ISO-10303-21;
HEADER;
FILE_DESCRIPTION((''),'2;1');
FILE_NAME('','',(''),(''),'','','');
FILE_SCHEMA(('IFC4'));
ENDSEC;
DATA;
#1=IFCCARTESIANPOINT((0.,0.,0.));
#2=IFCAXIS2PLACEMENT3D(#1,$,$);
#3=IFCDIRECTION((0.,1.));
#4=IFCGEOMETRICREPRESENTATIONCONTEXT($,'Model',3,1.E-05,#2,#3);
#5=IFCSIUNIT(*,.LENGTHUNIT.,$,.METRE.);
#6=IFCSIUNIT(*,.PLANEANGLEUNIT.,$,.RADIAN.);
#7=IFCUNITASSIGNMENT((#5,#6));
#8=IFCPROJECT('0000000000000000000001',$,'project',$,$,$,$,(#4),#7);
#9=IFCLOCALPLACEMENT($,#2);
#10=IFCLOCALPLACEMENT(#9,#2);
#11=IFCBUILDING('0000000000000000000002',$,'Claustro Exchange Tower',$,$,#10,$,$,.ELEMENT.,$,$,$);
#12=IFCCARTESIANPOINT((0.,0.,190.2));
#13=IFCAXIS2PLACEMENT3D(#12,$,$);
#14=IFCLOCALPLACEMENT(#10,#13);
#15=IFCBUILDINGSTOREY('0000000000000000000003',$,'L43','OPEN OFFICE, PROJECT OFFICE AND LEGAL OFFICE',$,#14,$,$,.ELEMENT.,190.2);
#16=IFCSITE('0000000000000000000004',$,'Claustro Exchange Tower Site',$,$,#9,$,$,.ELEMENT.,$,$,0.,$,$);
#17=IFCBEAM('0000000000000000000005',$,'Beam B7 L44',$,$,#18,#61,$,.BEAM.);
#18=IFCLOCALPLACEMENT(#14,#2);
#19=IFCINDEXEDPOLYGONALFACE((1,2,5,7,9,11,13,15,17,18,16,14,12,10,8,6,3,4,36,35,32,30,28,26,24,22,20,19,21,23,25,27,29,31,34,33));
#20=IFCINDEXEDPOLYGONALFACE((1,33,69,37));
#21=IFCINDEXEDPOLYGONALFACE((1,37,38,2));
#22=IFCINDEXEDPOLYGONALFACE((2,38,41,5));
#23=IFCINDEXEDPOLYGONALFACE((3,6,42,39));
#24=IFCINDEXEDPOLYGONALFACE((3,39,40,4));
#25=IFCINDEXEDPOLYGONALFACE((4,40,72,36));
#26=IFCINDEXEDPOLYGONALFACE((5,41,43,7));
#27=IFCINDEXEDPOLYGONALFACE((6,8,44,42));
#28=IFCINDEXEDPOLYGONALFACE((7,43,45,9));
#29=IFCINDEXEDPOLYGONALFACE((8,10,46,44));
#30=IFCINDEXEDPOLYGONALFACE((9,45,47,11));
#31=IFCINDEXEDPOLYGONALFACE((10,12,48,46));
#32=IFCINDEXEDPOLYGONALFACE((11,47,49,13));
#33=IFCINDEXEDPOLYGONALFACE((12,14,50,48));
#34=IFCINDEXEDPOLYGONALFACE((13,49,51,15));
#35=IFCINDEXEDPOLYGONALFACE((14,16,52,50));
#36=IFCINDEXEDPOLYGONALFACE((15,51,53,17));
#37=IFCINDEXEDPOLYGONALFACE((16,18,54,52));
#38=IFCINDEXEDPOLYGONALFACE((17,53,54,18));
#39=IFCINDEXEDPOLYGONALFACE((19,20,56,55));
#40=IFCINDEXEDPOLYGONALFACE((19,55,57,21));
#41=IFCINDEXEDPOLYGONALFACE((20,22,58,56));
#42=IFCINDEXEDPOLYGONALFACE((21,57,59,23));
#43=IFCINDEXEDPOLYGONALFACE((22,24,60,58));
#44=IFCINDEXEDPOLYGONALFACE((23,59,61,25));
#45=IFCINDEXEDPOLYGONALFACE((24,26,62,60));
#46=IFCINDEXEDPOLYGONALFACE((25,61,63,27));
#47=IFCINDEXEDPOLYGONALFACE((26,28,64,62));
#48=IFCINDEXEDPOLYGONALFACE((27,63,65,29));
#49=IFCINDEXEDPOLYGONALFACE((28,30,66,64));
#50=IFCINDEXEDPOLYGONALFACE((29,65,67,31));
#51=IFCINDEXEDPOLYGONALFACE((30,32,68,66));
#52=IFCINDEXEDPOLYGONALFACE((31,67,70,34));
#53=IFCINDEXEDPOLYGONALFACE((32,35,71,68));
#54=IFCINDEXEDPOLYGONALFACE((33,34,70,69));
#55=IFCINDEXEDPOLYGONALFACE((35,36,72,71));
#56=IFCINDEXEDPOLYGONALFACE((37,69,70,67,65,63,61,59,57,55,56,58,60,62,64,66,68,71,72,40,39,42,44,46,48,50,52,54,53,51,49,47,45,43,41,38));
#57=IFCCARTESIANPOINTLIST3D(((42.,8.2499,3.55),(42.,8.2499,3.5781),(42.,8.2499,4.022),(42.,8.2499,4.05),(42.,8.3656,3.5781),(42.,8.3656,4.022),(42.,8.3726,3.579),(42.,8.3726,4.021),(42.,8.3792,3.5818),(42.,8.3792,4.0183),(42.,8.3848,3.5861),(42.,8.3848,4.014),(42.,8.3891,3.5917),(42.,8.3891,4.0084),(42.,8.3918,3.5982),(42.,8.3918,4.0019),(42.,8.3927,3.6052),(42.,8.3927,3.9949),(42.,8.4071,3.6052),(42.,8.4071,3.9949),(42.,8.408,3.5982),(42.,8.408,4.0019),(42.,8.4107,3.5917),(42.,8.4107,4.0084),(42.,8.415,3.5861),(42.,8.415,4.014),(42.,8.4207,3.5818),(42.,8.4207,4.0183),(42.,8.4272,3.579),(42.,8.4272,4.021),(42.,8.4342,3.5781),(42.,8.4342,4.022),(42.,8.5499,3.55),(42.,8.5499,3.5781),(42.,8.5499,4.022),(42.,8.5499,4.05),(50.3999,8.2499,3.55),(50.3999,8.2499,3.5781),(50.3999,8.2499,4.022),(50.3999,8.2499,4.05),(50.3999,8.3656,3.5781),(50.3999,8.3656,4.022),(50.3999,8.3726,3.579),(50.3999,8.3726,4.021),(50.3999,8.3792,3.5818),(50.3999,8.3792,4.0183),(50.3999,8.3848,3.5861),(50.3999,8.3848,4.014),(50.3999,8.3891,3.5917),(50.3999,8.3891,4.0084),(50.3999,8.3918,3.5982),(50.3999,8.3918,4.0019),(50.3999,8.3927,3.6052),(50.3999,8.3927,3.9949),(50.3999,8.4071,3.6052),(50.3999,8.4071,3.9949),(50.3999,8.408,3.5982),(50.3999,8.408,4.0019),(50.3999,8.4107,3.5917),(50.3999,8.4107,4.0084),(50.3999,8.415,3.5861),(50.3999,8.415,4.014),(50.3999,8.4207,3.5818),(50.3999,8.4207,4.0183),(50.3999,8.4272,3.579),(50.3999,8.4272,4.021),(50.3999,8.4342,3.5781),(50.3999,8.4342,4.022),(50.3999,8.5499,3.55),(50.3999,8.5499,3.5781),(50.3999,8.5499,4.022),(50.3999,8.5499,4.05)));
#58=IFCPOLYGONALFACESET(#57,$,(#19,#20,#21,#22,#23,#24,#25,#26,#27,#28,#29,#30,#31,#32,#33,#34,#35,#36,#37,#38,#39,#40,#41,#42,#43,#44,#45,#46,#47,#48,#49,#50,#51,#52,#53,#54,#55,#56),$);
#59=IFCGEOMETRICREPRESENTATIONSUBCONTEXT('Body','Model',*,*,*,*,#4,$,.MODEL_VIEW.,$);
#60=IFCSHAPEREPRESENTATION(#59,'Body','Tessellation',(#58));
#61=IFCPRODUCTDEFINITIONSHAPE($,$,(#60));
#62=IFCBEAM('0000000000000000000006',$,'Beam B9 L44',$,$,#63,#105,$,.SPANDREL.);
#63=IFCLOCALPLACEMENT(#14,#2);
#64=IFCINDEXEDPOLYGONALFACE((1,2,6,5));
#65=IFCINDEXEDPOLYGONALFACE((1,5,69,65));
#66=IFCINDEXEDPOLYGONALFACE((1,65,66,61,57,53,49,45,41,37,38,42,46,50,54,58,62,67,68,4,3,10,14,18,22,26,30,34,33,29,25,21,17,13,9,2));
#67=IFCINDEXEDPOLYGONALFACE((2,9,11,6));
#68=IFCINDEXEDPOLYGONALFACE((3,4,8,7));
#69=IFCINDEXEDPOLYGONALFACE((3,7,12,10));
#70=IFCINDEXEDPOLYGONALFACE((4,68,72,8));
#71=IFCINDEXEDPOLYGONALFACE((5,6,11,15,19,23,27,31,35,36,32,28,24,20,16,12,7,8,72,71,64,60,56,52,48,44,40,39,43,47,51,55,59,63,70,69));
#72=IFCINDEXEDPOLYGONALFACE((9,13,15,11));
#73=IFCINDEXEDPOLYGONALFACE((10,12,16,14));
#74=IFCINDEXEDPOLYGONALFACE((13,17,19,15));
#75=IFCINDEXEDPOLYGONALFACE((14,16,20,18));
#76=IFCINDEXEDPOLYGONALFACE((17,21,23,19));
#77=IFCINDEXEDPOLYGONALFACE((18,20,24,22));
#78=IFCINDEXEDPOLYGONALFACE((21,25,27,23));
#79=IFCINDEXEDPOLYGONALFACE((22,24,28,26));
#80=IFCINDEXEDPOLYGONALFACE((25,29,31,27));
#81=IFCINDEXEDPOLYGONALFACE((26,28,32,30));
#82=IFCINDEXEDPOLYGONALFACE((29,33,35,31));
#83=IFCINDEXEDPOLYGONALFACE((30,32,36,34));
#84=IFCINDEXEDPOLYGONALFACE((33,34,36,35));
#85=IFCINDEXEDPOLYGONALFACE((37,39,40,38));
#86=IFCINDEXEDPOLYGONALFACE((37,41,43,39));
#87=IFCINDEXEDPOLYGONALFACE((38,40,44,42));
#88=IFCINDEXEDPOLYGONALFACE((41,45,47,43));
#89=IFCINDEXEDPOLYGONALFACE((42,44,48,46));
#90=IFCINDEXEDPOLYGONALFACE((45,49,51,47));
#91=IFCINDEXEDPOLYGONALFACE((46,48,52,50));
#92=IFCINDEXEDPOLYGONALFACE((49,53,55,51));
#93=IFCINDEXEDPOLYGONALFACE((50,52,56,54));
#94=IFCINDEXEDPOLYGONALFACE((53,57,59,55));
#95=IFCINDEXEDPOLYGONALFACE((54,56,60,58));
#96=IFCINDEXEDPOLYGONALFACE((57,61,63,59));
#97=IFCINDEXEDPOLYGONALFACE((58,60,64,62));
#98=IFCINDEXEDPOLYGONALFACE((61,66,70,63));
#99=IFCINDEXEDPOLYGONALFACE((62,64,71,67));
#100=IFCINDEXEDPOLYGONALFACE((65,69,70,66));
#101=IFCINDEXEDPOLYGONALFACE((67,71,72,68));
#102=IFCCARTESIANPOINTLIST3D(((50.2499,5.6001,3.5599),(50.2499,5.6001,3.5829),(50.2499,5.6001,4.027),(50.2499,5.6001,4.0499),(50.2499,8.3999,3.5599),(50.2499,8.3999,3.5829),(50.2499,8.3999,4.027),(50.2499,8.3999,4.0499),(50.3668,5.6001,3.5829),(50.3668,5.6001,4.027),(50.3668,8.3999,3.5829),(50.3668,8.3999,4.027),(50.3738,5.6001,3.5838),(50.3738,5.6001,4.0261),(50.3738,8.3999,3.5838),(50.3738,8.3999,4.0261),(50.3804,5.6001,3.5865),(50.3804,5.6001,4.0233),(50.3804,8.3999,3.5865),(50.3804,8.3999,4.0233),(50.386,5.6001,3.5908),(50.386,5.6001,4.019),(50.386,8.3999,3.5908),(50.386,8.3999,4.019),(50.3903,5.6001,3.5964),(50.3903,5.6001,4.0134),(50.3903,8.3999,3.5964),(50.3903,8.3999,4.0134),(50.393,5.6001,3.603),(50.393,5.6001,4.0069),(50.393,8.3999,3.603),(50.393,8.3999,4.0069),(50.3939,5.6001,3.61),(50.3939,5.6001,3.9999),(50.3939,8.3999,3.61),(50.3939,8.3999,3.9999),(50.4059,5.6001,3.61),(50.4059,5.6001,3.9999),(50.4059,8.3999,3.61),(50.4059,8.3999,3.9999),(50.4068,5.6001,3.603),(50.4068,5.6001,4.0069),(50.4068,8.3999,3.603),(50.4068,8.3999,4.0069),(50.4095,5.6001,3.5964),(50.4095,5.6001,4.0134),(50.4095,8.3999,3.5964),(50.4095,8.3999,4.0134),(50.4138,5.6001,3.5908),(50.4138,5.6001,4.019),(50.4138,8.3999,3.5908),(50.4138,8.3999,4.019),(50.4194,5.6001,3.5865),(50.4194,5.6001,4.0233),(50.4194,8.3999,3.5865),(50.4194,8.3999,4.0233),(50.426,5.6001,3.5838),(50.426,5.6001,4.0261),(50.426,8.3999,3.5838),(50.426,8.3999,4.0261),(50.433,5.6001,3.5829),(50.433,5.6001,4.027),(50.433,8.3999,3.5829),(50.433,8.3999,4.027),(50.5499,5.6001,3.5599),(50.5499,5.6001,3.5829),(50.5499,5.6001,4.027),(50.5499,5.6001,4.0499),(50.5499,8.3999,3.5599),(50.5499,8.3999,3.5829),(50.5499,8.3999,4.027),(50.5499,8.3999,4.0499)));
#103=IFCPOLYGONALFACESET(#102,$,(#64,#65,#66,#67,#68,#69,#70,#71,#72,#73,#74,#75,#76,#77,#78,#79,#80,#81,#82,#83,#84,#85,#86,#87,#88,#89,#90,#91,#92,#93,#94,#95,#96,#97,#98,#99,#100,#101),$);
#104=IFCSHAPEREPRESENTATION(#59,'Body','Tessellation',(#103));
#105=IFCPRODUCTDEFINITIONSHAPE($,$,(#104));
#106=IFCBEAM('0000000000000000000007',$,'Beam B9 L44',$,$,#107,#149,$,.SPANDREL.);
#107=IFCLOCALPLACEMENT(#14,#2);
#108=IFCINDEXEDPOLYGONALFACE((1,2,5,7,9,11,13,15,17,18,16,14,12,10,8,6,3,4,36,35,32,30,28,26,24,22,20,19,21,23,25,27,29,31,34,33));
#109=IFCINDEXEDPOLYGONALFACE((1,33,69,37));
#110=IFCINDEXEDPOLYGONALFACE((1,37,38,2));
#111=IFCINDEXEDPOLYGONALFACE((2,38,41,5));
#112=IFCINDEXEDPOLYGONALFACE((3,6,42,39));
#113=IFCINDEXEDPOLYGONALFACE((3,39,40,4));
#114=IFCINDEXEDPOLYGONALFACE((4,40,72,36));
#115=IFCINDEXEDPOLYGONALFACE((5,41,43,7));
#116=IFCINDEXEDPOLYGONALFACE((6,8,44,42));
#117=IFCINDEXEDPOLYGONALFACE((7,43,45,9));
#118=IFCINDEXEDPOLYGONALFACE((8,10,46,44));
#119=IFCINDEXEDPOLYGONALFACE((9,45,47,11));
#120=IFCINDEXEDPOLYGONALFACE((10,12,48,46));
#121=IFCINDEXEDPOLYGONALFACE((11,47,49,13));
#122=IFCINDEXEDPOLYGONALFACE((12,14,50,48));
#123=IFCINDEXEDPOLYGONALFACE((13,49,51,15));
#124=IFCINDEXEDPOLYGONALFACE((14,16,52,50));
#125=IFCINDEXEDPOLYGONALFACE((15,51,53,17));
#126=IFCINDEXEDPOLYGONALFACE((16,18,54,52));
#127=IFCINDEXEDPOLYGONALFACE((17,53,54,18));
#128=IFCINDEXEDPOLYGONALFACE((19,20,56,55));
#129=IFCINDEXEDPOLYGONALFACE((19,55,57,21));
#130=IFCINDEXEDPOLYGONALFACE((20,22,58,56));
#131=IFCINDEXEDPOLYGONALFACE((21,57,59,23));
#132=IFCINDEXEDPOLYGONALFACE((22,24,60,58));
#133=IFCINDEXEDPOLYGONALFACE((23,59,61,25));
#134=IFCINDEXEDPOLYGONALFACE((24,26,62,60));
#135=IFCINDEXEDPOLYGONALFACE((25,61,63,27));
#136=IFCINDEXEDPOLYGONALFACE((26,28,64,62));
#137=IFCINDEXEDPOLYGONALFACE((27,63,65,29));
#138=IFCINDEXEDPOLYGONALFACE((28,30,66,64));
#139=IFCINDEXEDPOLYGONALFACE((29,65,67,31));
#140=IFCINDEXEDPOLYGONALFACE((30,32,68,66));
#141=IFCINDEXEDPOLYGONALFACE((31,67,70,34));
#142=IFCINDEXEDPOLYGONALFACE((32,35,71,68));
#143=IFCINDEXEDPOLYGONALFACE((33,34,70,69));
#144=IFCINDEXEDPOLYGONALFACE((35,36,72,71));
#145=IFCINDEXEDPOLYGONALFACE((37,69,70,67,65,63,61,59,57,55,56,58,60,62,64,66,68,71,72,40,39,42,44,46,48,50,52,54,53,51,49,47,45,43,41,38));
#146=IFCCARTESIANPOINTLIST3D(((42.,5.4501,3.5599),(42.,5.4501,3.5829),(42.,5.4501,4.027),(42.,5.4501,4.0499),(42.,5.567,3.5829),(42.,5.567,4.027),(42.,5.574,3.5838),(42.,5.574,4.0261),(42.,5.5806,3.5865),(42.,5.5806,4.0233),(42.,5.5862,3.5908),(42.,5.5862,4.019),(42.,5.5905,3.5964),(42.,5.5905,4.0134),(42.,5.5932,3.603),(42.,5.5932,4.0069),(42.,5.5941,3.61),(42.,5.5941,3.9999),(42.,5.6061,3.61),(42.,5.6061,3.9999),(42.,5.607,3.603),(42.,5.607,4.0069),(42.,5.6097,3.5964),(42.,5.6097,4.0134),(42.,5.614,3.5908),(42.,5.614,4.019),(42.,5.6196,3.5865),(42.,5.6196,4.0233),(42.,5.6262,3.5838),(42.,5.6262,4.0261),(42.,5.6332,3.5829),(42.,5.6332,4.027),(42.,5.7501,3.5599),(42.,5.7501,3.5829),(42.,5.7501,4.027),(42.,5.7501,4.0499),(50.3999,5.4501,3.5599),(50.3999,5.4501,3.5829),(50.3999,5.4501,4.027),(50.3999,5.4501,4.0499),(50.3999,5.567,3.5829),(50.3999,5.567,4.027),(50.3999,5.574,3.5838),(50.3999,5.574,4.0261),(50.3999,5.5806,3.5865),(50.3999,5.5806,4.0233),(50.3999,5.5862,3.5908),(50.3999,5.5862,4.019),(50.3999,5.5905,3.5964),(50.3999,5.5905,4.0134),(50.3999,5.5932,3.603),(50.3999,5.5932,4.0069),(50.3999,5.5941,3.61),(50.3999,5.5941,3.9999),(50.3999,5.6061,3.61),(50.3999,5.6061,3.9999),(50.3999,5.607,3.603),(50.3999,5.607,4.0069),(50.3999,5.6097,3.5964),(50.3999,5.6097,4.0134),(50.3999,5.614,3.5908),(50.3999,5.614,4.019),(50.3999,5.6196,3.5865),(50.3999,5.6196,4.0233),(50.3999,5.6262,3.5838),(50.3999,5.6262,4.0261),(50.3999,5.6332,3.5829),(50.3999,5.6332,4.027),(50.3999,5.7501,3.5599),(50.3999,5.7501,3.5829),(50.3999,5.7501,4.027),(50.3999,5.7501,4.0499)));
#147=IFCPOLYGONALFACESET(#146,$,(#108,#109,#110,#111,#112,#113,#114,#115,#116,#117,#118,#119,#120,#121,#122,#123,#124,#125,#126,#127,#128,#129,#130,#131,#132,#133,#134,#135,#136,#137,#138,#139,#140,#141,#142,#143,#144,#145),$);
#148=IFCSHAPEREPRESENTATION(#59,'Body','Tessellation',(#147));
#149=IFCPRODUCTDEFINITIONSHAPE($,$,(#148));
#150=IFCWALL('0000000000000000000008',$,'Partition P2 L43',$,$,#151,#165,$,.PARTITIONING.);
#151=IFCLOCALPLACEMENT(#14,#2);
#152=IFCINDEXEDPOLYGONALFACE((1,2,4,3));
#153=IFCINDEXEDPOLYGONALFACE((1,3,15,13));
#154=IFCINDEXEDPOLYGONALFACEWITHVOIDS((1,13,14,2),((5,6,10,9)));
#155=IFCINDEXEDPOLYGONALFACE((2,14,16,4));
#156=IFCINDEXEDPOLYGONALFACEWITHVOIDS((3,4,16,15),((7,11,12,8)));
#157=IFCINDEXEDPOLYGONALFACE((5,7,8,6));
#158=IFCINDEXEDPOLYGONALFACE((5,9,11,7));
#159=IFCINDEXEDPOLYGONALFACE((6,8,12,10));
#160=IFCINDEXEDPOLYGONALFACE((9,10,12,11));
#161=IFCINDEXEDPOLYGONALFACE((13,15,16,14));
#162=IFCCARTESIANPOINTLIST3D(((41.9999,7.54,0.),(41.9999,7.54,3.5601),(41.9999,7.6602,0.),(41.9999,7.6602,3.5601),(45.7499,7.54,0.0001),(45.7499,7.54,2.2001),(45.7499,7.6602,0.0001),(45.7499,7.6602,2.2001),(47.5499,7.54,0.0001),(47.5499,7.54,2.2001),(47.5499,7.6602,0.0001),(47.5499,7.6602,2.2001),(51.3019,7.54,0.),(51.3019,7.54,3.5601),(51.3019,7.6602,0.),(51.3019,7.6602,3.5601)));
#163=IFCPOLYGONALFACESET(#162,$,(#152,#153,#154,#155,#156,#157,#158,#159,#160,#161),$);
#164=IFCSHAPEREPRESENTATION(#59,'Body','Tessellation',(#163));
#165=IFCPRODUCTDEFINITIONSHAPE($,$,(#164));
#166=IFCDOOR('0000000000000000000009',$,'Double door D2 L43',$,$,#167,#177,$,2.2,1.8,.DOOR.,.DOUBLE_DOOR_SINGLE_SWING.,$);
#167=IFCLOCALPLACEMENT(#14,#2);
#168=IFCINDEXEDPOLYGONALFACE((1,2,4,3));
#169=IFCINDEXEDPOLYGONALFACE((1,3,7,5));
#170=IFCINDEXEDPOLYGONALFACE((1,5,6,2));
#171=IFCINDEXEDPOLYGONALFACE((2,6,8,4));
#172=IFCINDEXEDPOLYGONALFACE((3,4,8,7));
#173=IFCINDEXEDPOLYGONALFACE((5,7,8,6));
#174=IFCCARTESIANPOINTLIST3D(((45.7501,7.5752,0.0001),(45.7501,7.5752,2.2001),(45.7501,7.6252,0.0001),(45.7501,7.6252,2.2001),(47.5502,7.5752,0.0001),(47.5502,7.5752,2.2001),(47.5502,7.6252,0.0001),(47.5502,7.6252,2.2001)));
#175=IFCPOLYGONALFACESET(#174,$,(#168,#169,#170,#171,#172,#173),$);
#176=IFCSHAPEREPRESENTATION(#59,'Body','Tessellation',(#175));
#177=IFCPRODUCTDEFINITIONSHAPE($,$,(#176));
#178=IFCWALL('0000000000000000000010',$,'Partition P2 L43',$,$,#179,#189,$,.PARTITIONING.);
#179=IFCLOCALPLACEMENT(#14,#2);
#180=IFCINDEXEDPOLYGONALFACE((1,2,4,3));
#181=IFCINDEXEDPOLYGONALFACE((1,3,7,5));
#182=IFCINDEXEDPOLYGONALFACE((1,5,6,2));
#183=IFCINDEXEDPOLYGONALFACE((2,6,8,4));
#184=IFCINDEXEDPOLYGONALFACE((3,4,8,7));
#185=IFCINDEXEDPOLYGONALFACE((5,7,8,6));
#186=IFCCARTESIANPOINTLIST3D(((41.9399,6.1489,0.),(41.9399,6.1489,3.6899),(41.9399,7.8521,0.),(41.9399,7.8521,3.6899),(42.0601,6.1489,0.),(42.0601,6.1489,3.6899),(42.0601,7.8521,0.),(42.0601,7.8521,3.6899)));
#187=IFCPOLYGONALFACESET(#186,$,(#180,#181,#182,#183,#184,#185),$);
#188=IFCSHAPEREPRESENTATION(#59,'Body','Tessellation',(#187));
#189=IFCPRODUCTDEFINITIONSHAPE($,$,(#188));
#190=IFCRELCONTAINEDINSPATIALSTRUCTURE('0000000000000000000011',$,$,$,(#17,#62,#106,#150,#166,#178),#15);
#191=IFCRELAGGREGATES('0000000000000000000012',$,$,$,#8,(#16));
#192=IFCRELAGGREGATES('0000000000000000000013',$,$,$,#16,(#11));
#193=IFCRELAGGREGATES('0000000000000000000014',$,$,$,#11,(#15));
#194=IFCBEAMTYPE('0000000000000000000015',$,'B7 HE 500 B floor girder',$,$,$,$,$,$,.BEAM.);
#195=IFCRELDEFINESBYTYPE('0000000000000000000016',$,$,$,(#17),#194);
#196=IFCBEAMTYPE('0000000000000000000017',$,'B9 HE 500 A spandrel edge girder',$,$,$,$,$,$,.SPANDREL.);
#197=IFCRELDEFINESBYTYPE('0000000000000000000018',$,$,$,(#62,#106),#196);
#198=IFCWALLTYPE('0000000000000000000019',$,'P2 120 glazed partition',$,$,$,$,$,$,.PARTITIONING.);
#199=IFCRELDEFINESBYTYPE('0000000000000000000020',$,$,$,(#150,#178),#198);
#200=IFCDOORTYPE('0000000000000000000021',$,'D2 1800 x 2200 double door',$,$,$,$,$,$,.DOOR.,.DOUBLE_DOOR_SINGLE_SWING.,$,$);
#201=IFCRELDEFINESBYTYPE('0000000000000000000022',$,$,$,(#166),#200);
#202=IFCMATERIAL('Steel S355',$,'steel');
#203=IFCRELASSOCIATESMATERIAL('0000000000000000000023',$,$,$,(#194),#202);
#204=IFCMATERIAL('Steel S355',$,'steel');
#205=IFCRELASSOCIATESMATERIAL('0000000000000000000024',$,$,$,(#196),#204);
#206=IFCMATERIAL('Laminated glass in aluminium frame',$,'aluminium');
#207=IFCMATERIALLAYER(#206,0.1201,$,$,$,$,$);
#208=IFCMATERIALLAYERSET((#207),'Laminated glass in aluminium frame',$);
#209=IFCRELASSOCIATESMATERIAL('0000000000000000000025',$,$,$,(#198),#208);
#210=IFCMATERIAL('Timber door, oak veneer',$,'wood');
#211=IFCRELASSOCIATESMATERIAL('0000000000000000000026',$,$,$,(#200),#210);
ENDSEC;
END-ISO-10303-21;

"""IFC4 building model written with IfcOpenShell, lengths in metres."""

from ifc_helpers import new_model, si_unit, direction, frame, frame_2d, origin, origin_2d, place, context, subcontext, project, spatial, rectangle, i_section, extrude, material, layer, layer_set, material_profile, profile_set, type_object, element, fill, save


model = new_model("IFC4")

# Units and contexts
model_context = context("Model", 3, precision=1e-05, world=origin(), true_north=direction((0.0, 1.0)))
body_context = subcontext(model_context, "Body", "Model", "MODEL_VIEW")
ifc_project = project(units=[si_unit("LENGTHUNIT", "METRE"), si_unit("PLANEANGLEUNIT", "RADIAN")], contexts=[model_context])

# Site, building, storey
site_placement = place(None, origin())
site = spatial("IfcSite", under=ifc_project, at=site_placement, Name="Claustro Exchange Tower Site", CompositionType="ELEMENT", RefElevation=0.0)
building_placement = place(site_placement, origin())
building = spatial("IfcBuilding", under=site, at=building_placement, Name="Claustro Exchange Tower", CompositionType="ELEMENT")
storey_placement = place(building_placement, frame((0.0, 0.0, 190.2)))
storey = spatial("IfcBuildingStorey", under=building, at=storey_placement, Name="L43", Description="OPEN OFFICE, PROJECT OFFICE AND LEGAL OFFICE", CompositionType="ELEMENT", Elevation=190.2)

# Beams
ifc_material_1 = material(Name="Steel S355", Category="steel")
ifc_material_profile_1 = material_profile(ifc_material_1, i_section(OverallWidth=0.3, OverallDepth=0.5, WebThickness=0.0144, FlangeThickness=0.0281, FilletRadius=0.0271, at=origin_2d()), Name="HE 500 B")
ifc_profile_set_1 = profile_set([ifc_material_profile_1], Name="Steel S355")
beam_type_1 = type_object("IfcBeamType", Name="B7 HE 500 B floor girder", PredefinedType="BEAM", material=ifc_profile_set_1)
beam_1_placement = place(storey_placement, frame((42.0, 8.3999, 3.8), z_axis=(1.0, 0.0, 0.0), x_axis=(0.0, 1.0, 0.0)))
element("IfcBeam", 1, at=beam_1_placement, inside=storey, type_object=beam_type_1, Name="Beam B7 L44", PredefinedType="BEAM", context=body_context, shape_type="SweptSolid", body=[
    extrude(i_section(OverallWidth=0.3, OverallDepth=0.5, WebThickness=0.0144, FlangeThickness=0.0281, FilletRadius=0.0271, at=origin_2d()), origin(), (0.0, 0.0, 1.0), 8.3999),
])
ifc_material_2 = material(Name="Steel S355", Category="steel")
ifc_material_profile_2 = material_profile(ifc_material_2, i_section(OverallWidth=0.3, OverallDepth=0.49, WebThickness=0.012, FlangeThickness=0.0229, FilletRadius=0.0271, at=origin_2d()), Name="HE 500 A")
ifc_profile_set_2 = profile_set([ifc_material_profile_2], Name="Steel S355")
beam_type_2 = type_object("IfcBeamType", Name="B9 HE 500 A spandrel edge girder", PredefinedType="SPANDREL", material=ifc_profile_set_2)
beam_2_placement = place(storey_placement, frame((50.3999, 5.6001, 3.8049), z_axis=(0.0, 1.0, 0.0), x_axis=(-1.0, 0.0, 0.0)))
element("IfcBeam", 2, at=beam_2_placement, inside=storey, type_object=beam_type_2, Name="Beam B9 L44", PredefinedType="SPANDREL", context=body_context, shape_type="SweptSolid", body=[
    extrude(i_section(OverallWidth=0.3, OverallDepth=0.49, WebThickness=0.012, FlangeThickness=0.0229, FilletRadius=0.0271, at=origin_2d()), origin(), (0.0, 0.0, 1.0), 2.7998),
])
beam_3_placement = place(storey_placement, frame((42.0, 5.6001, 3.8049), z_axis=(1.0, 0.0, 0.0), x_axis=(0.0, 1.0, 0.0)))
element("IfcBeam", 3, at=beam_3_placement, inside=storey, type_object=beam_type_2, Name="Beam B9 L44", PredefinedType="SPANDREL", context=body_context, shape_type="SweptSolid", body=[
    extrude(i_section(OverallWidth=0.3, OverallDepth=0.49, WebThickness=0.012, FlangeThickness=0.0229, FilletRadius=0.0271, at=origin_2d()), origin(), (0.0, 0.0, 1.0), 8.3999),
])

# Wall, opening, door
ifc_material_3 = material(Name="Laminated glass in aluminium frame", Category="aluminium")
ifc_layer_1 = layer(ifc_material_3, 0.1201)
ifc_layer_set_1 = layer_set([ifc_layer_1], Name="Laminated glass in aluminium frame")
wall_type_1 = type_object("IfcWallType", Name="P2 120 glazed partition", PredefinedType="PARTITIONING", material=ifc_layer_set_1)
wall_1_placement = place(storey_placement, frame((42.0, 7.6001, 0.0), z_axis=(0.0, 0.0, 1.0), x_axis=(1.0, 0.0, 0.0)))
wall_1 = element("IfcWall", 4, at=wall_1_placement, inside=storey, type_object=wall_type_1, Name="Partition P2 L43", PredefinedType="PARTITIONING", context=body_context, shape_type="SweptSolid", body=[
    extrude(rectangle(XDim=9.302, YDim=0.1201, at=frame_2d((4.6509, 0.0))), origin(), (0.0, 0.0, 1.0), 3.5601),
])
opening_1_placement = place(wall_1_placement, frame((3.75, 0.0, 0.0)))
opening_1 = element("IfcOpeningElement", 5, at=opening_1_placement, cuts=wall_1, PredefinedType="OPENING", context=body_context, shape_type="SweptSolid", body=[
    extrude(rectangle(XDim=1.8, YDim=2.2, at=frame_2d((0.8999, 1.1001))), frame((0.0, 0.0701, 0.0), z_axis=(0.0, -1.0, 0.0), x_axis=(1.0, 0.0, 0.0)), (0.0, 0.0, 1.0), 0.1401),
])
ifc_material_4 = material(Name="Timber door, oak veneer", Category="wood")
door_type = type_object("IfcDoorType", Name="D2 1800 x 2200 double door", OperationType="DOUBLE_DOOR_SINGLE_SWING", PredefinedType="DOOR", material=ifc_material_4)
door_placement = place(opening_1_placement, frame((1.8, 0.0, 0.0), z_axis=(0.0, 0.0, 1.0), x_axis=(-1.0, 0.0, 0.0)))
door = element("IfcDoor", 6, at=door_placement, inside=storey, type_object=door_type, Name="Double door D2 L43", OperationType="DOUBLE_DOOR_SINGLE_SWING", OverallHeight=2.2, OverallWidth=1.8, PredefinedType="DOOR", context=body_context, shape_type="SweptSolid", body=[
    extrude(rectangle(XDim=1.8, YDim=2.2, at=frame_2d((0.8999, 1.1001))), frame((0.0, 0.0249, 0.0), z_axis=(0.0, -1.0, 0.0), x_axis=(1.0, 0.0, 0.0)), (0.0, 0.0, 1.0), 0.05),
])
fill(opening_1, door)

# Wall
wall_2_placement = place(storey_placement, frame((42.0, 6.1489, 0.0), z_axis=(0.0, 0.0, 1.0), x_axis=(0.0, 1.0, 0.0)))
element("IfcWall", 7, at=wall_2_placement, inside=storey, type_object=wall_type_1, Name="Partition P2 L43", PredefinedType="PARTITIONING", context=body_context, shape_type="SweptSolid", body=[
    extrude(rectangle(XDim=1.7031, YDim=0.1201, at=frame_2d((0.8516, 0.0))), origin(), (0.0, 0.0, 1.0), 3.6899),
])

save(model, "model.ifc")
